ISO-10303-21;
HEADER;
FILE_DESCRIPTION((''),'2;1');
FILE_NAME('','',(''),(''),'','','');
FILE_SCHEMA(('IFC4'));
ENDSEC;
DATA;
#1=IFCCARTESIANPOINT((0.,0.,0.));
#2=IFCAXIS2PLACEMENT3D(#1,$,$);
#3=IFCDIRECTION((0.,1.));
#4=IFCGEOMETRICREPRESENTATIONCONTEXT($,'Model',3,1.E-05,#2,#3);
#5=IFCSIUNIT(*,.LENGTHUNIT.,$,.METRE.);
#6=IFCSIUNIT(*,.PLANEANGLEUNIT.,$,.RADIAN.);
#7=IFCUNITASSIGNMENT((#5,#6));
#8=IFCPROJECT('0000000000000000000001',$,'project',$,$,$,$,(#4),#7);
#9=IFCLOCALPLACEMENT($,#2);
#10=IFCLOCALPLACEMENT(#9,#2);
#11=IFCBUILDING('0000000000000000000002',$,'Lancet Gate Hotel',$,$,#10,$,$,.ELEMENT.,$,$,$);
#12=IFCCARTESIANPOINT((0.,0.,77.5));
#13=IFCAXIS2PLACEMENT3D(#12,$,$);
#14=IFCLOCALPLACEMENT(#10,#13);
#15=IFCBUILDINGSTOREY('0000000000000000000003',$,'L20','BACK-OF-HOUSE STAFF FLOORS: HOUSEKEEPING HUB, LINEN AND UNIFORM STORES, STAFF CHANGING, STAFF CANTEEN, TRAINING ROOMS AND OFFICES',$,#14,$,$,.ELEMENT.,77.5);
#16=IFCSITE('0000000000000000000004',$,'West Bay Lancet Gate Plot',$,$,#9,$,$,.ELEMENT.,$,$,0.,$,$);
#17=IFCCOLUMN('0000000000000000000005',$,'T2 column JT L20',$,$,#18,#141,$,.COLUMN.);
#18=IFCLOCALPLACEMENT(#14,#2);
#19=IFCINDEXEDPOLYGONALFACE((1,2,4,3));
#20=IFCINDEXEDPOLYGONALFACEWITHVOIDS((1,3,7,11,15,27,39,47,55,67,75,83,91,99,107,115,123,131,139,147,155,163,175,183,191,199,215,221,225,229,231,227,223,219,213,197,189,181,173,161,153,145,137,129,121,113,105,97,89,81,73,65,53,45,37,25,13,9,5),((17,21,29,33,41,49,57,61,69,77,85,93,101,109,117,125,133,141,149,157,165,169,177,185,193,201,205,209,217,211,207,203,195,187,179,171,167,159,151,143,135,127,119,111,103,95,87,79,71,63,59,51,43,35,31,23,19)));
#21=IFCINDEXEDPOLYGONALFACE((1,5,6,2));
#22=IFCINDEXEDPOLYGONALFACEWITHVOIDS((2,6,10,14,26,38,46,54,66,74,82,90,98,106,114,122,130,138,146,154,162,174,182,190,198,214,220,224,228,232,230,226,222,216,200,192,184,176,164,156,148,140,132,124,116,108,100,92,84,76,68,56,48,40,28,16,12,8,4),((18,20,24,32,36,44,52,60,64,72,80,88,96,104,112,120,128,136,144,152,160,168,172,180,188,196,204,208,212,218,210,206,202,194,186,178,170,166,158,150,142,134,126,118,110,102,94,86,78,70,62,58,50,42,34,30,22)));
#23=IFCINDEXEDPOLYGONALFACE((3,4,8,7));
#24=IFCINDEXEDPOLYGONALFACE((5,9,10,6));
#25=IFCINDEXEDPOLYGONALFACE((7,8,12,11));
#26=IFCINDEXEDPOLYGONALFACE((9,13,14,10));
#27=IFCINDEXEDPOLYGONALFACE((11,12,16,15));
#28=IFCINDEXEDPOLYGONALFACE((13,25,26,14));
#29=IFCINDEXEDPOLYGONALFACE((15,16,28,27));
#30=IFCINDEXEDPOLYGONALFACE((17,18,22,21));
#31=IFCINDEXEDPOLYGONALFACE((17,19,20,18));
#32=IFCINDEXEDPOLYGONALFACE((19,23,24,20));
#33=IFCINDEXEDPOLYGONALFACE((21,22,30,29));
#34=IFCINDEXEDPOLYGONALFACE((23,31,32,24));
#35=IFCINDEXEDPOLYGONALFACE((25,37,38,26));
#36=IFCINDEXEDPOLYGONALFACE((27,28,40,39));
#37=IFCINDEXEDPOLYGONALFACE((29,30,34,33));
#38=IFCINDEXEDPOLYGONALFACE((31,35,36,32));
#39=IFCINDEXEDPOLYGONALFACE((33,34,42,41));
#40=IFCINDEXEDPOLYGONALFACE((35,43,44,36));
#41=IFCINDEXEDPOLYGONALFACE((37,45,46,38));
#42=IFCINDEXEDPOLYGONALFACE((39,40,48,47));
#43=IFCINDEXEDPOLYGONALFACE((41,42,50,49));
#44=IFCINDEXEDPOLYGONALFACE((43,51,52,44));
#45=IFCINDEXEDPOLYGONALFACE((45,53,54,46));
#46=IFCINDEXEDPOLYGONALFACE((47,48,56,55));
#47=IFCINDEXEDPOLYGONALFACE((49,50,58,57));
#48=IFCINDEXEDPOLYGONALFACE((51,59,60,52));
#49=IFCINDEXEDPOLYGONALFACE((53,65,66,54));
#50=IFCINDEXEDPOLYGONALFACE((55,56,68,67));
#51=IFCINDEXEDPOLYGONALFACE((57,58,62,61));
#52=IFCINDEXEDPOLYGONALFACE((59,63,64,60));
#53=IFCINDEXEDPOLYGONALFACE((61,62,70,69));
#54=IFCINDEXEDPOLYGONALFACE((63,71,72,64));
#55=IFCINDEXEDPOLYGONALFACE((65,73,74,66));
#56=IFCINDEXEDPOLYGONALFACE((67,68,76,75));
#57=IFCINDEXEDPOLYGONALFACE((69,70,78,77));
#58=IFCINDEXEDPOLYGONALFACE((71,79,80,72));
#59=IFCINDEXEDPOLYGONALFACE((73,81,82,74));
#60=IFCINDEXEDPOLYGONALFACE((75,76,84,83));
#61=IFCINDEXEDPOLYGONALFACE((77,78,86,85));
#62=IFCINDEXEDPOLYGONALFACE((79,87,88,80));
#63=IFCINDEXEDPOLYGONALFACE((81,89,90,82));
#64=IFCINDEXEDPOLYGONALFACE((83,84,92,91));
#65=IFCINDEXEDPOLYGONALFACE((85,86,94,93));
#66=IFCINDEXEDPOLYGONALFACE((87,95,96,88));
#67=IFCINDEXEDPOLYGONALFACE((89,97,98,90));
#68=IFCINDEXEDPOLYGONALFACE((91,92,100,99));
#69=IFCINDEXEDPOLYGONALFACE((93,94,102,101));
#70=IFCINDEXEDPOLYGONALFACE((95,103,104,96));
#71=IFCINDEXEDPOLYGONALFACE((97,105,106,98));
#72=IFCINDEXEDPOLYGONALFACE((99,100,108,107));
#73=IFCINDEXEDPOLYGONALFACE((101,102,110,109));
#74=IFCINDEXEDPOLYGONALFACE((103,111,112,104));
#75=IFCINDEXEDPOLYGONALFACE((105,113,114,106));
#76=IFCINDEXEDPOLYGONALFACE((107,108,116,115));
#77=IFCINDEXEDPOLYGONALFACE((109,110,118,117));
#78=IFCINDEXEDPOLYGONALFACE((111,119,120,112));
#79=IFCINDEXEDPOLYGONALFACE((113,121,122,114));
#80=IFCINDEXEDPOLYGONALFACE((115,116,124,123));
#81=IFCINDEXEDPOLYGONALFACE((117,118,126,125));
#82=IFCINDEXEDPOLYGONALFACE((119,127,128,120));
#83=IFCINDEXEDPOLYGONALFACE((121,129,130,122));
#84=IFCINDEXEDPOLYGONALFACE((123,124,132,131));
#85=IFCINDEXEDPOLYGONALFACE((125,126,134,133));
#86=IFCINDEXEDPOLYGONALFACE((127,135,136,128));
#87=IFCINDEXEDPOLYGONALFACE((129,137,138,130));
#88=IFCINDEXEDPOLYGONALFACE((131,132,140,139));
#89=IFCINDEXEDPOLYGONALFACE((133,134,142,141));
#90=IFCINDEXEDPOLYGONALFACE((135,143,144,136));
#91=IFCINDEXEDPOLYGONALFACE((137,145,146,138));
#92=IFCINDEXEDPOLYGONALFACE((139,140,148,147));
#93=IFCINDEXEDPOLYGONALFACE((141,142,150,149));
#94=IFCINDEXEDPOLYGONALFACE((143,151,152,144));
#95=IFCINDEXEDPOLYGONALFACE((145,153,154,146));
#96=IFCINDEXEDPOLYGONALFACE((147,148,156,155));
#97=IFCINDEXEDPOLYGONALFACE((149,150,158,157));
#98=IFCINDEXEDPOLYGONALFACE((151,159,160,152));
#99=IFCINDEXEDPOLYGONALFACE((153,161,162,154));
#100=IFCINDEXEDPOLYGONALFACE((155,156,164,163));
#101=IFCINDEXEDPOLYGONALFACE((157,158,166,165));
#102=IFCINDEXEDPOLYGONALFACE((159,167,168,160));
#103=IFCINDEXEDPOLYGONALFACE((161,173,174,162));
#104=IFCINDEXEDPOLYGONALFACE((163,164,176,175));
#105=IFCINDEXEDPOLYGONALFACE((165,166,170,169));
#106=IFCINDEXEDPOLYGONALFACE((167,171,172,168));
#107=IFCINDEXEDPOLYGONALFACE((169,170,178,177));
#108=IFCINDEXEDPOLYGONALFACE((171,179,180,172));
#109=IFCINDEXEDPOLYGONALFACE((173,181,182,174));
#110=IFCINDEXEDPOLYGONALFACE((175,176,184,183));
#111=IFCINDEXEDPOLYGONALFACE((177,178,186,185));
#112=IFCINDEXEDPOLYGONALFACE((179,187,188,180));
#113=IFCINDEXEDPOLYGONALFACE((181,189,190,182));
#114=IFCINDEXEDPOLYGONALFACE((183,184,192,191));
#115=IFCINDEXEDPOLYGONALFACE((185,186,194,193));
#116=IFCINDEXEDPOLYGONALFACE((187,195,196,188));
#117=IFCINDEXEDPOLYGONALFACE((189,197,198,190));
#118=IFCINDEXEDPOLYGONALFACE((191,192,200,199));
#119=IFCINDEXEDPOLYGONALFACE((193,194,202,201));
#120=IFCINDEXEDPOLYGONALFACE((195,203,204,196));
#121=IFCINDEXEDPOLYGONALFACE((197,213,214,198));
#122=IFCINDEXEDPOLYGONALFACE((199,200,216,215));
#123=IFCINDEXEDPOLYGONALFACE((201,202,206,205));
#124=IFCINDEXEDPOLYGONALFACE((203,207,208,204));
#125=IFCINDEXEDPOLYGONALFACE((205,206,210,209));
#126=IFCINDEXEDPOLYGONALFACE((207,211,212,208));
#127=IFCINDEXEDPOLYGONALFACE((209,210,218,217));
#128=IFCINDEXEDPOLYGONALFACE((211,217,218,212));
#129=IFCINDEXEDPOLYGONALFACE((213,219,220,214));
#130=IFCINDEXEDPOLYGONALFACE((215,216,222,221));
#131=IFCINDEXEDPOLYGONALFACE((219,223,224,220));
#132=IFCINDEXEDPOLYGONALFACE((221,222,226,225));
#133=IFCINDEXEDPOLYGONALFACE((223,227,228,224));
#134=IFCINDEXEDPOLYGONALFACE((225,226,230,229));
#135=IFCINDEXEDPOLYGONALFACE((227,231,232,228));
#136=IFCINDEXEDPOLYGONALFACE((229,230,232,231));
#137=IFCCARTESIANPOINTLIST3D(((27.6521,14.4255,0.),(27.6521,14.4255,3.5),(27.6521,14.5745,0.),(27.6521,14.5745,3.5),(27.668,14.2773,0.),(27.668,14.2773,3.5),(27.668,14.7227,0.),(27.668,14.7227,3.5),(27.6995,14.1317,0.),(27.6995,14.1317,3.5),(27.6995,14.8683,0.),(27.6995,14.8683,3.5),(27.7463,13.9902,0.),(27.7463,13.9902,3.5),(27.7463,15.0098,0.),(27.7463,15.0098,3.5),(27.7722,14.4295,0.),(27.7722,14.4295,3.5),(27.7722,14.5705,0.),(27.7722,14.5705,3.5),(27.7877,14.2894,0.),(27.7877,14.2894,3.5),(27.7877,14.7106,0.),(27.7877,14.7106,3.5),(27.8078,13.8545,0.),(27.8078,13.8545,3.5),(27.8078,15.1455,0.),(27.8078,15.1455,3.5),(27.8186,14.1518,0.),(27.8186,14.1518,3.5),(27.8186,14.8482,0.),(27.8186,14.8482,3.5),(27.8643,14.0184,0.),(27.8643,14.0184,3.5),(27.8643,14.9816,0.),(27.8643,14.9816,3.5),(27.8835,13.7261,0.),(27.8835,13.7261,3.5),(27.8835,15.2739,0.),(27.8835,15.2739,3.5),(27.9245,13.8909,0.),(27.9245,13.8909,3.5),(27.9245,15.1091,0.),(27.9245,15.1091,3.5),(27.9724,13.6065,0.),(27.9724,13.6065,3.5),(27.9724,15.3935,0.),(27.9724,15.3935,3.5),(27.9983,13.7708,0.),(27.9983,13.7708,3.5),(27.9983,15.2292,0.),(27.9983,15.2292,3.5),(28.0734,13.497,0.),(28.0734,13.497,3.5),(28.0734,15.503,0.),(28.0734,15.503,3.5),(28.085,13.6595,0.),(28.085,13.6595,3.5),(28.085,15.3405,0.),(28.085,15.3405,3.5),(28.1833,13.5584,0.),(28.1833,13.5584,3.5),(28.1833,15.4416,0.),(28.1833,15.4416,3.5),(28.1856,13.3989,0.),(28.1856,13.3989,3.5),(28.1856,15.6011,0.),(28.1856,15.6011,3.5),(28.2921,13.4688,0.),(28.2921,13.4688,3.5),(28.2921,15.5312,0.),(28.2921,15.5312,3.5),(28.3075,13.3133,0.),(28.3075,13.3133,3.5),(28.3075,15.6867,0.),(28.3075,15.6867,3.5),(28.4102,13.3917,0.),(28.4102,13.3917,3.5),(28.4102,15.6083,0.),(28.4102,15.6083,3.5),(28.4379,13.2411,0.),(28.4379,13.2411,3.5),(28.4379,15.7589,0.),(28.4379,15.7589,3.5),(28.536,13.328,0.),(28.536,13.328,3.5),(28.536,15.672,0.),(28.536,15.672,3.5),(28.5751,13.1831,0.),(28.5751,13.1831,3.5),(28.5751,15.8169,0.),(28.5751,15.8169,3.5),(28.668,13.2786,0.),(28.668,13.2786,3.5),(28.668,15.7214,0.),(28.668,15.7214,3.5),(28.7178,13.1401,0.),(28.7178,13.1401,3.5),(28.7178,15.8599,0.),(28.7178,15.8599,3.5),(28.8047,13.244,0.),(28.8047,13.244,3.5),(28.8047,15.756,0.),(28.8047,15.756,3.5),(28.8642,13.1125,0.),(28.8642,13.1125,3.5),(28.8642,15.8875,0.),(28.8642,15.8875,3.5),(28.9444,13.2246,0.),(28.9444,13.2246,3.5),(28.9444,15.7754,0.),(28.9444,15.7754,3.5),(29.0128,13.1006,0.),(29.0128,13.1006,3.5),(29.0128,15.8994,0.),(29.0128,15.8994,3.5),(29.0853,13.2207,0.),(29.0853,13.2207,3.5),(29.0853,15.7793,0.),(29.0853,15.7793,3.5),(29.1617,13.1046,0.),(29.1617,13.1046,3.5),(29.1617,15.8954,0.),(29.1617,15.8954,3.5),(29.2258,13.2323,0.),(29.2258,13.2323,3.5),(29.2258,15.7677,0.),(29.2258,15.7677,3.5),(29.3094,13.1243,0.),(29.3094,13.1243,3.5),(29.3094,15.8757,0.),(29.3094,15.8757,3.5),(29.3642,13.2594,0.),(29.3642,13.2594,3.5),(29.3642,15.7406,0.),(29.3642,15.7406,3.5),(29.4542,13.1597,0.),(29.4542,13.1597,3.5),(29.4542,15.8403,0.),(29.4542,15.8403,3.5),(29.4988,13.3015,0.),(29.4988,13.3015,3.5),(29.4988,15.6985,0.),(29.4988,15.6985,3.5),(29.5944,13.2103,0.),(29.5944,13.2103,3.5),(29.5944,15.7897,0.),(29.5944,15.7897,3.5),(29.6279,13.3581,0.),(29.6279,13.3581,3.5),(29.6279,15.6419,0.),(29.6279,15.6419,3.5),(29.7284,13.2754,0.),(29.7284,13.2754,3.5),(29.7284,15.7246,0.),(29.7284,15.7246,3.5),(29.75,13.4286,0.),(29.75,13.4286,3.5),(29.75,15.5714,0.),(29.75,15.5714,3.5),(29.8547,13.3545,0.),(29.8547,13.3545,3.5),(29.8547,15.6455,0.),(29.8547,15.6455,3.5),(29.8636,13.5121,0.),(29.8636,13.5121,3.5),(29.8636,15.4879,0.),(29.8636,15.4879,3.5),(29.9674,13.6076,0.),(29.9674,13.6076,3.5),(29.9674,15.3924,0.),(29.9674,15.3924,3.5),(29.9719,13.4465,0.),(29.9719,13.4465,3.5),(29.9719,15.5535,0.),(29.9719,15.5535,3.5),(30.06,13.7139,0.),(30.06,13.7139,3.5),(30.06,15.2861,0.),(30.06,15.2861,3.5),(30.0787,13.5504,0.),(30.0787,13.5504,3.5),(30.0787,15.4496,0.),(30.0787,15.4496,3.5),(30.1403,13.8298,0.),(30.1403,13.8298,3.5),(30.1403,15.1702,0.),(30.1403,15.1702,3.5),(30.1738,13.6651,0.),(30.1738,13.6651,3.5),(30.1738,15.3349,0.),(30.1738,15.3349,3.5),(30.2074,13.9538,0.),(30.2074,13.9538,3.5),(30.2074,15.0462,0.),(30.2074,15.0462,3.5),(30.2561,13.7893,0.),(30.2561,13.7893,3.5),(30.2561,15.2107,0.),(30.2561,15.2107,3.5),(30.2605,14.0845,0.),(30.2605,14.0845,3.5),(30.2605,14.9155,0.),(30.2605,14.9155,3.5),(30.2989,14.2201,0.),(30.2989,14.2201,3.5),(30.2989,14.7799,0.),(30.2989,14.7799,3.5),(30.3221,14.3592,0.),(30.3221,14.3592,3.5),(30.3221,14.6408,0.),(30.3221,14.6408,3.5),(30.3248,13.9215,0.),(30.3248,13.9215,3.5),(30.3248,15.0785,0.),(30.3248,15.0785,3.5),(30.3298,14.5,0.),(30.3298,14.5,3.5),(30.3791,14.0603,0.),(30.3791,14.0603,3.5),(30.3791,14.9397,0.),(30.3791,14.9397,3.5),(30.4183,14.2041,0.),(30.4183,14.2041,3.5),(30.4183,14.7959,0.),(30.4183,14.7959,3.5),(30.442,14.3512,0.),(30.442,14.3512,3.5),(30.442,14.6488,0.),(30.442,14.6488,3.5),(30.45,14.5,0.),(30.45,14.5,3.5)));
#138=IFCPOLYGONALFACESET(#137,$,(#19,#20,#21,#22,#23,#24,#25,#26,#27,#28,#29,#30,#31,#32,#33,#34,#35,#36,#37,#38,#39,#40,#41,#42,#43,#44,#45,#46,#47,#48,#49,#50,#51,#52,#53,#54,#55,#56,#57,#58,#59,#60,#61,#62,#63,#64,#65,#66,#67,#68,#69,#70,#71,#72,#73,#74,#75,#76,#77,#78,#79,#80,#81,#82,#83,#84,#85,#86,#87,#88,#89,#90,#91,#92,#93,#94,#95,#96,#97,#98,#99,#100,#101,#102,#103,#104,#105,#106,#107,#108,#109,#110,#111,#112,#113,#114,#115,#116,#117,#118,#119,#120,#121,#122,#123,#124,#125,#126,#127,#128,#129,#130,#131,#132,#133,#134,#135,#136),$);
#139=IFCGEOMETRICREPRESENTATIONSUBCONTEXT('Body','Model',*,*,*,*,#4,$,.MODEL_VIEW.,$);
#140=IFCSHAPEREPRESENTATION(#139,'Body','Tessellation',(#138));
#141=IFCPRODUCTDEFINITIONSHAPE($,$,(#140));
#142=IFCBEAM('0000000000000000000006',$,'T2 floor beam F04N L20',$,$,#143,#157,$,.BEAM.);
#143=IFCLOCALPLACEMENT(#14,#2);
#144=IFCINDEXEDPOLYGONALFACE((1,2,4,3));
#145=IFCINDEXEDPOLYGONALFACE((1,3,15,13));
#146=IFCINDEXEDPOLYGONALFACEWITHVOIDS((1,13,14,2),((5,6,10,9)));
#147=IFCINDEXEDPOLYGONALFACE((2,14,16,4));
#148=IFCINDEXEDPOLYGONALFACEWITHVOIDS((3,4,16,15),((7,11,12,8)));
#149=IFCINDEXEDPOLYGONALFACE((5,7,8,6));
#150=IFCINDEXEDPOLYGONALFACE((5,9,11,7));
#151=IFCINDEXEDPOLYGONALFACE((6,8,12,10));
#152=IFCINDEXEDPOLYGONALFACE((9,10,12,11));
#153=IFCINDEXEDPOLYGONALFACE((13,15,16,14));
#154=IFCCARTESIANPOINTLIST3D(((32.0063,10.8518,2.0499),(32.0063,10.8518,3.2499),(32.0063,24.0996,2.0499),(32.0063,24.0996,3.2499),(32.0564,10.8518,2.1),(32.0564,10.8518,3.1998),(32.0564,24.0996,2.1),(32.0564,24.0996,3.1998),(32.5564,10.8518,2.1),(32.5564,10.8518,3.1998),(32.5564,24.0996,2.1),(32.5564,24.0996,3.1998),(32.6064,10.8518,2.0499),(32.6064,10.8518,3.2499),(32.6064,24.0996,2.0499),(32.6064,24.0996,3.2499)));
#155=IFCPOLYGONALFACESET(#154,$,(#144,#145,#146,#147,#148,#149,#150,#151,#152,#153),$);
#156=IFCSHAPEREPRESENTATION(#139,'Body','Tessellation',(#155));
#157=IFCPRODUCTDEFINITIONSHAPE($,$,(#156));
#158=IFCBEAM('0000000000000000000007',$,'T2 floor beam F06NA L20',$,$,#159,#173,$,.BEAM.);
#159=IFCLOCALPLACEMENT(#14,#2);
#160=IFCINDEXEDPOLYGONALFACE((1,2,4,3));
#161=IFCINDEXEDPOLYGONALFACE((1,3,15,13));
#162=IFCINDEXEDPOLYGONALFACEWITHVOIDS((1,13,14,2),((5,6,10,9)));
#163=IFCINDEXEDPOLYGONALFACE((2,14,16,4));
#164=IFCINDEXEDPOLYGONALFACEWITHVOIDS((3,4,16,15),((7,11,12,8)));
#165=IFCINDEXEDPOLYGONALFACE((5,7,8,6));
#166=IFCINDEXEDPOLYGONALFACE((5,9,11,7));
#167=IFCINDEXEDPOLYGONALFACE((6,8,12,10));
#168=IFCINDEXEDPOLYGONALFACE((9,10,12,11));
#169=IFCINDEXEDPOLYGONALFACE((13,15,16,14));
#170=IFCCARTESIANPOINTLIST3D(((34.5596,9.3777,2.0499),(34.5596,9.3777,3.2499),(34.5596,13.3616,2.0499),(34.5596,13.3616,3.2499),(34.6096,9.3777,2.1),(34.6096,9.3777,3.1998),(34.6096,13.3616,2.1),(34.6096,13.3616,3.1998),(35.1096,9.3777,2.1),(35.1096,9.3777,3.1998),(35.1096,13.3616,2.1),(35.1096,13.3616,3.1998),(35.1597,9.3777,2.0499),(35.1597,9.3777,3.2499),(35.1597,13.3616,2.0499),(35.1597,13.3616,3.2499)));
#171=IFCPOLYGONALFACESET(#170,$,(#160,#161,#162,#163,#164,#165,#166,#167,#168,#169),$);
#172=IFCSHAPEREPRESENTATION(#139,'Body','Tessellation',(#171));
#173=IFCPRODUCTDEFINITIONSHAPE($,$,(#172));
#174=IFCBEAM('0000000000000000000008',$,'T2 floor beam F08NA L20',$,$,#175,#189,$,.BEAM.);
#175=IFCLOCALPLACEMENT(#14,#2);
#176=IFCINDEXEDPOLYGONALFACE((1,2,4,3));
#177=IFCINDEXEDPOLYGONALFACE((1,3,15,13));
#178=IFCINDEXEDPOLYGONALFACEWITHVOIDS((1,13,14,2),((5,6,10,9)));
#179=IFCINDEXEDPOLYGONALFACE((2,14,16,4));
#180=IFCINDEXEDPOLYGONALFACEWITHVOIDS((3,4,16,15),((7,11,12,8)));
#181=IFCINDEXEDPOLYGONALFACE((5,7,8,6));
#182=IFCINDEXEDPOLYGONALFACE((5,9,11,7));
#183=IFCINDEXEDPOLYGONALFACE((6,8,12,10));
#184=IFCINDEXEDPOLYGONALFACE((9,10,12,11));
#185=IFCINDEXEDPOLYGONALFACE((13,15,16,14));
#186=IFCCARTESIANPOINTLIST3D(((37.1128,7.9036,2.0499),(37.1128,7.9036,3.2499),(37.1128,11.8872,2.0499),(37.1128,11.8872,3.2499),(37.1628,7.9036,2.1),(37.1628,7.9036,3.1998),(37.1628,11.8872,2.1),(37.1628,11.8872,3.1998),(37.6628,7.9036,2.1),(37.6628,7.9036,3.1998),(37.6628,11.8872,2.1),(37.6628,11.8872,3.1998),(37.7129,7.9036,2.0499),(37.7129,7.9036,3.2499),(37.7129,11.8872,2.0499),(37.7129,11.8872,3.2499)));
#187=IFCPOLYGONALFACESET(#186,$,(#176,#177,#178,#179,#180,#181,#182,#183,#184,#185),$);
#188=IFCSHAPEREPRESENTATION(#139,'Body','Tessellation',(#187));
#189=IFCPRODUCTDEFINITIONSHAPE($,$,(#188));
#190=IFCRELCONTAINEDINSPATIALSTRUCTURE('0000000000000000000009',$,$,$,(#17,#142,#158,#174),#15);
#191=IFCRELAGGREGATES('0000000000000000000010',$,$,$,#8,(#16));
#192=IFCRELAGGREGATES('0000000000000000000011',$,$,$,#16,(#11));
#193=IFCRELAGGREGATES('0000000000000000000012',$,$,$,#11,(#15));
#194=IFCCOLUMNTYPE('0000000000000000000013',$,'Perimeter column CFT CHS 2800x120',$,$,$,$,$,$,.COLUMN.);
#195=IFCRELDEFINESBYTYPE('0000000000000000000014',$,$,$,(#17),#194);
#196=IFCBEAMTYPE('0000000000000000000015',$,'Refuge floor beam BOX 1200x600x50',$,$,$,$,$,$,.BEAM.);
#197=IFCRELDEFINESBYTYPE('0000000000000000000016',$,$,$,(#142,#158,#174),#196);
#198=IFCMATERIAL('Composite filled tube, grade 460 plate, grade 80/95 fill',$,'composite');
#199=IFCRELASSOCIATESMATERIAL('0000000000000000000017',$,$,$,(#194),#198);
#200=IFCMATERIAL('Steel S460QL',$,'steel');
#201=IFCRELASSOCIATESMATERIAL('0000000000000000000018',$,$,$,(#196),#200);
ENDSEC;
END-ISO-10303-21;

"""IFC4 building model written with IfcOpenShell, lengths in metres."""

from ifc_helpers import new_model, si_unit, direction, frame, origin, origin_2d, place, context, subcontext, project, spatial, hollow_rectangle, hollow_circle, extrude, material, material_profile, profile_set, type_object, element, save


model = new_model("IFC4")

# Units and contexts
model_context = context("Model", 3, precision=1e-05, world=origin(), true_north=direction((0.0, 1.0)))
body_context = subcontext(model_context, "Body", "Model", "MODEL_VIEW")
ifc_project = project(units=[si_unit("LENGTHUNIT", "METRE"), si_unit("PLANEANGLEUNIT", "RADIAN")], contexts=[model_context])

# Site, building, storey
site_placement = place(None, origin())
site = spatial("IfcSite", under=ifc_project, at=site_placement, Name="West Bay Lancet Gate Plot", CompositionType="ELEMENT", RefElevation=0.0)
building_placement = place(site_placement, origin())
building = spatial("IfcBuilding", under=site, at=building_placement, Name="Lancet Gate Hotel", CompositionType="ELEMENT")
storey_placement = place(building_placement, frame((0.0, 0.0, 77.5)))
storey = spatial("IfcBuildingStorey", under=building, at=storey_placement, Name="L20", Description="BACK-OF-HOUSE STAFF FLOORS: HOUSEKEEPING HUB, LINEN AND UNIFORM STORES, STAFF CHANGING, STAFF CANTEEN, TRAINING ROOMS AND OFFICES", CompositionType="ELEMENT", Elevation=77.5)

# Column
ifc_material_1 = material(Name="Composite filled tube, grade 460 plate, grade 80/95 fill", Category="composite")
ifc_material_profile_1 = material_profile(ifc_material_1, hollow_circle(Radius=1.3999, WallThickness=0.1201, at=origin_2d()), Name="CHS 2800x120")
ifc_profile_set_1 = profile_set([ifc_material_profile_1], Name="Composite filled tube, grade 460 plate, grade 80/95 fill")
column_type = type_object("IfcColumnType", Name="Perimeter column CFT CHS 2800x120", PredefinedType="COLUMN", material=ifc_profile_set_1)
column_placement = place(storey_placement, frame((29.05, 14.5, 0.0), z_axis=(0.0, 0.0, 1.0), x_axis=(1.0, 0.0, 0.0)))
element("IfcColumn", 1, at=column_placement, inside=storey, type_object=column_type, Name="T2 column JT L20", PredefinedType="COLUMN", context=body_context, shape_type="SweptSolid", body=[
    extrude(hollow_circle(Radius=1.3999, WallThickness=0.1201, at=origin_2d()), origin(), (0.0, 0.0, 1.0), 3.5),
])

# Beams
ifc_material_2 = material(Name="Steel S460QL", Category="steel")
ifc_material_profile_2 = material_profile(ifc_material_2, hollow_rectangle(XDim=0.6001, YDim=1.2, WallThickness=0.05, at=origin_2d()), Name="BOX 1200x600x50")
ifc_profile_set_2 = profile_set([ifc_material_profile_2], Name="Steel S460QL")
beam_type = type_object("IfcBeamType", Name="Refuge floor beam BOX 1200x600x50", PredefinedType="BEAM", material=ifc_profile_set_2)
beam_1_placement = place(storey_placement, frame((32.3064, 10.8518, 2.6499), z_axis=(0.0, 1.0, 0.0), x_axis=(-1.0, 0.0, 0.0)))
element("IfcBeam", 2, at=beam_1_placement, inside=storey, type_object=beam_type, Name="T2 floor beam F04N L20", PredefinedType="BEAM", context=body_context, shape_type="SweptSolid", body=[
    extrude(hollow_rectangle(XDim=0.6001, YDim=1.2, WallThickness=0.05, at=origin_2d()), origin(), (0.0, 0.0, 1.0), 13.2478),
])
beam_2_placement = place(storey_placement, frame((34.8596, 9.3777, 2.6499), z_axis=(0.0, 1.0, 0.0), x_axis=(-1.0, 0.0, 0.0)))
element("IfcBeam", 3, at=beam_2_placement, inside=storey, type_object=beam_type, Name="T2 floor beam F06NA L20", PredefinedType="BEAM", context=body_context, shape_type="SweptSolid", body=[
    extrude(hollow_rectangle(XDim=0.6001, YDim=1.2, WallThickness=0.05, at=origin_2d()), origin(), (0.0, 0.0, 1.0), 3.9839),
])
beam_3_placement = place(storey_placement, frame((37.4128, 7.9036, 2.6499), z_axis=(0.0, 1.0, 0.0), x_axis=(-1.0, 0.0, 0.0)))
element("IfcBeam", 4, at=beam_3_placement, inside=storey, type_object=beam_type, Name="T2 floor beam F08NA L20", PredefinedType="BEAM", context=body_context, shape_type="SweptSolid", body=[
    extrude(hollow_rectangle(XDim=0.6001, YDim=1.2, WallThickness=0.05, at=origin_2d()), origin(), (0.0, 0.0, 1.0), 3.9836),
])

save(model, "model.ifc")
